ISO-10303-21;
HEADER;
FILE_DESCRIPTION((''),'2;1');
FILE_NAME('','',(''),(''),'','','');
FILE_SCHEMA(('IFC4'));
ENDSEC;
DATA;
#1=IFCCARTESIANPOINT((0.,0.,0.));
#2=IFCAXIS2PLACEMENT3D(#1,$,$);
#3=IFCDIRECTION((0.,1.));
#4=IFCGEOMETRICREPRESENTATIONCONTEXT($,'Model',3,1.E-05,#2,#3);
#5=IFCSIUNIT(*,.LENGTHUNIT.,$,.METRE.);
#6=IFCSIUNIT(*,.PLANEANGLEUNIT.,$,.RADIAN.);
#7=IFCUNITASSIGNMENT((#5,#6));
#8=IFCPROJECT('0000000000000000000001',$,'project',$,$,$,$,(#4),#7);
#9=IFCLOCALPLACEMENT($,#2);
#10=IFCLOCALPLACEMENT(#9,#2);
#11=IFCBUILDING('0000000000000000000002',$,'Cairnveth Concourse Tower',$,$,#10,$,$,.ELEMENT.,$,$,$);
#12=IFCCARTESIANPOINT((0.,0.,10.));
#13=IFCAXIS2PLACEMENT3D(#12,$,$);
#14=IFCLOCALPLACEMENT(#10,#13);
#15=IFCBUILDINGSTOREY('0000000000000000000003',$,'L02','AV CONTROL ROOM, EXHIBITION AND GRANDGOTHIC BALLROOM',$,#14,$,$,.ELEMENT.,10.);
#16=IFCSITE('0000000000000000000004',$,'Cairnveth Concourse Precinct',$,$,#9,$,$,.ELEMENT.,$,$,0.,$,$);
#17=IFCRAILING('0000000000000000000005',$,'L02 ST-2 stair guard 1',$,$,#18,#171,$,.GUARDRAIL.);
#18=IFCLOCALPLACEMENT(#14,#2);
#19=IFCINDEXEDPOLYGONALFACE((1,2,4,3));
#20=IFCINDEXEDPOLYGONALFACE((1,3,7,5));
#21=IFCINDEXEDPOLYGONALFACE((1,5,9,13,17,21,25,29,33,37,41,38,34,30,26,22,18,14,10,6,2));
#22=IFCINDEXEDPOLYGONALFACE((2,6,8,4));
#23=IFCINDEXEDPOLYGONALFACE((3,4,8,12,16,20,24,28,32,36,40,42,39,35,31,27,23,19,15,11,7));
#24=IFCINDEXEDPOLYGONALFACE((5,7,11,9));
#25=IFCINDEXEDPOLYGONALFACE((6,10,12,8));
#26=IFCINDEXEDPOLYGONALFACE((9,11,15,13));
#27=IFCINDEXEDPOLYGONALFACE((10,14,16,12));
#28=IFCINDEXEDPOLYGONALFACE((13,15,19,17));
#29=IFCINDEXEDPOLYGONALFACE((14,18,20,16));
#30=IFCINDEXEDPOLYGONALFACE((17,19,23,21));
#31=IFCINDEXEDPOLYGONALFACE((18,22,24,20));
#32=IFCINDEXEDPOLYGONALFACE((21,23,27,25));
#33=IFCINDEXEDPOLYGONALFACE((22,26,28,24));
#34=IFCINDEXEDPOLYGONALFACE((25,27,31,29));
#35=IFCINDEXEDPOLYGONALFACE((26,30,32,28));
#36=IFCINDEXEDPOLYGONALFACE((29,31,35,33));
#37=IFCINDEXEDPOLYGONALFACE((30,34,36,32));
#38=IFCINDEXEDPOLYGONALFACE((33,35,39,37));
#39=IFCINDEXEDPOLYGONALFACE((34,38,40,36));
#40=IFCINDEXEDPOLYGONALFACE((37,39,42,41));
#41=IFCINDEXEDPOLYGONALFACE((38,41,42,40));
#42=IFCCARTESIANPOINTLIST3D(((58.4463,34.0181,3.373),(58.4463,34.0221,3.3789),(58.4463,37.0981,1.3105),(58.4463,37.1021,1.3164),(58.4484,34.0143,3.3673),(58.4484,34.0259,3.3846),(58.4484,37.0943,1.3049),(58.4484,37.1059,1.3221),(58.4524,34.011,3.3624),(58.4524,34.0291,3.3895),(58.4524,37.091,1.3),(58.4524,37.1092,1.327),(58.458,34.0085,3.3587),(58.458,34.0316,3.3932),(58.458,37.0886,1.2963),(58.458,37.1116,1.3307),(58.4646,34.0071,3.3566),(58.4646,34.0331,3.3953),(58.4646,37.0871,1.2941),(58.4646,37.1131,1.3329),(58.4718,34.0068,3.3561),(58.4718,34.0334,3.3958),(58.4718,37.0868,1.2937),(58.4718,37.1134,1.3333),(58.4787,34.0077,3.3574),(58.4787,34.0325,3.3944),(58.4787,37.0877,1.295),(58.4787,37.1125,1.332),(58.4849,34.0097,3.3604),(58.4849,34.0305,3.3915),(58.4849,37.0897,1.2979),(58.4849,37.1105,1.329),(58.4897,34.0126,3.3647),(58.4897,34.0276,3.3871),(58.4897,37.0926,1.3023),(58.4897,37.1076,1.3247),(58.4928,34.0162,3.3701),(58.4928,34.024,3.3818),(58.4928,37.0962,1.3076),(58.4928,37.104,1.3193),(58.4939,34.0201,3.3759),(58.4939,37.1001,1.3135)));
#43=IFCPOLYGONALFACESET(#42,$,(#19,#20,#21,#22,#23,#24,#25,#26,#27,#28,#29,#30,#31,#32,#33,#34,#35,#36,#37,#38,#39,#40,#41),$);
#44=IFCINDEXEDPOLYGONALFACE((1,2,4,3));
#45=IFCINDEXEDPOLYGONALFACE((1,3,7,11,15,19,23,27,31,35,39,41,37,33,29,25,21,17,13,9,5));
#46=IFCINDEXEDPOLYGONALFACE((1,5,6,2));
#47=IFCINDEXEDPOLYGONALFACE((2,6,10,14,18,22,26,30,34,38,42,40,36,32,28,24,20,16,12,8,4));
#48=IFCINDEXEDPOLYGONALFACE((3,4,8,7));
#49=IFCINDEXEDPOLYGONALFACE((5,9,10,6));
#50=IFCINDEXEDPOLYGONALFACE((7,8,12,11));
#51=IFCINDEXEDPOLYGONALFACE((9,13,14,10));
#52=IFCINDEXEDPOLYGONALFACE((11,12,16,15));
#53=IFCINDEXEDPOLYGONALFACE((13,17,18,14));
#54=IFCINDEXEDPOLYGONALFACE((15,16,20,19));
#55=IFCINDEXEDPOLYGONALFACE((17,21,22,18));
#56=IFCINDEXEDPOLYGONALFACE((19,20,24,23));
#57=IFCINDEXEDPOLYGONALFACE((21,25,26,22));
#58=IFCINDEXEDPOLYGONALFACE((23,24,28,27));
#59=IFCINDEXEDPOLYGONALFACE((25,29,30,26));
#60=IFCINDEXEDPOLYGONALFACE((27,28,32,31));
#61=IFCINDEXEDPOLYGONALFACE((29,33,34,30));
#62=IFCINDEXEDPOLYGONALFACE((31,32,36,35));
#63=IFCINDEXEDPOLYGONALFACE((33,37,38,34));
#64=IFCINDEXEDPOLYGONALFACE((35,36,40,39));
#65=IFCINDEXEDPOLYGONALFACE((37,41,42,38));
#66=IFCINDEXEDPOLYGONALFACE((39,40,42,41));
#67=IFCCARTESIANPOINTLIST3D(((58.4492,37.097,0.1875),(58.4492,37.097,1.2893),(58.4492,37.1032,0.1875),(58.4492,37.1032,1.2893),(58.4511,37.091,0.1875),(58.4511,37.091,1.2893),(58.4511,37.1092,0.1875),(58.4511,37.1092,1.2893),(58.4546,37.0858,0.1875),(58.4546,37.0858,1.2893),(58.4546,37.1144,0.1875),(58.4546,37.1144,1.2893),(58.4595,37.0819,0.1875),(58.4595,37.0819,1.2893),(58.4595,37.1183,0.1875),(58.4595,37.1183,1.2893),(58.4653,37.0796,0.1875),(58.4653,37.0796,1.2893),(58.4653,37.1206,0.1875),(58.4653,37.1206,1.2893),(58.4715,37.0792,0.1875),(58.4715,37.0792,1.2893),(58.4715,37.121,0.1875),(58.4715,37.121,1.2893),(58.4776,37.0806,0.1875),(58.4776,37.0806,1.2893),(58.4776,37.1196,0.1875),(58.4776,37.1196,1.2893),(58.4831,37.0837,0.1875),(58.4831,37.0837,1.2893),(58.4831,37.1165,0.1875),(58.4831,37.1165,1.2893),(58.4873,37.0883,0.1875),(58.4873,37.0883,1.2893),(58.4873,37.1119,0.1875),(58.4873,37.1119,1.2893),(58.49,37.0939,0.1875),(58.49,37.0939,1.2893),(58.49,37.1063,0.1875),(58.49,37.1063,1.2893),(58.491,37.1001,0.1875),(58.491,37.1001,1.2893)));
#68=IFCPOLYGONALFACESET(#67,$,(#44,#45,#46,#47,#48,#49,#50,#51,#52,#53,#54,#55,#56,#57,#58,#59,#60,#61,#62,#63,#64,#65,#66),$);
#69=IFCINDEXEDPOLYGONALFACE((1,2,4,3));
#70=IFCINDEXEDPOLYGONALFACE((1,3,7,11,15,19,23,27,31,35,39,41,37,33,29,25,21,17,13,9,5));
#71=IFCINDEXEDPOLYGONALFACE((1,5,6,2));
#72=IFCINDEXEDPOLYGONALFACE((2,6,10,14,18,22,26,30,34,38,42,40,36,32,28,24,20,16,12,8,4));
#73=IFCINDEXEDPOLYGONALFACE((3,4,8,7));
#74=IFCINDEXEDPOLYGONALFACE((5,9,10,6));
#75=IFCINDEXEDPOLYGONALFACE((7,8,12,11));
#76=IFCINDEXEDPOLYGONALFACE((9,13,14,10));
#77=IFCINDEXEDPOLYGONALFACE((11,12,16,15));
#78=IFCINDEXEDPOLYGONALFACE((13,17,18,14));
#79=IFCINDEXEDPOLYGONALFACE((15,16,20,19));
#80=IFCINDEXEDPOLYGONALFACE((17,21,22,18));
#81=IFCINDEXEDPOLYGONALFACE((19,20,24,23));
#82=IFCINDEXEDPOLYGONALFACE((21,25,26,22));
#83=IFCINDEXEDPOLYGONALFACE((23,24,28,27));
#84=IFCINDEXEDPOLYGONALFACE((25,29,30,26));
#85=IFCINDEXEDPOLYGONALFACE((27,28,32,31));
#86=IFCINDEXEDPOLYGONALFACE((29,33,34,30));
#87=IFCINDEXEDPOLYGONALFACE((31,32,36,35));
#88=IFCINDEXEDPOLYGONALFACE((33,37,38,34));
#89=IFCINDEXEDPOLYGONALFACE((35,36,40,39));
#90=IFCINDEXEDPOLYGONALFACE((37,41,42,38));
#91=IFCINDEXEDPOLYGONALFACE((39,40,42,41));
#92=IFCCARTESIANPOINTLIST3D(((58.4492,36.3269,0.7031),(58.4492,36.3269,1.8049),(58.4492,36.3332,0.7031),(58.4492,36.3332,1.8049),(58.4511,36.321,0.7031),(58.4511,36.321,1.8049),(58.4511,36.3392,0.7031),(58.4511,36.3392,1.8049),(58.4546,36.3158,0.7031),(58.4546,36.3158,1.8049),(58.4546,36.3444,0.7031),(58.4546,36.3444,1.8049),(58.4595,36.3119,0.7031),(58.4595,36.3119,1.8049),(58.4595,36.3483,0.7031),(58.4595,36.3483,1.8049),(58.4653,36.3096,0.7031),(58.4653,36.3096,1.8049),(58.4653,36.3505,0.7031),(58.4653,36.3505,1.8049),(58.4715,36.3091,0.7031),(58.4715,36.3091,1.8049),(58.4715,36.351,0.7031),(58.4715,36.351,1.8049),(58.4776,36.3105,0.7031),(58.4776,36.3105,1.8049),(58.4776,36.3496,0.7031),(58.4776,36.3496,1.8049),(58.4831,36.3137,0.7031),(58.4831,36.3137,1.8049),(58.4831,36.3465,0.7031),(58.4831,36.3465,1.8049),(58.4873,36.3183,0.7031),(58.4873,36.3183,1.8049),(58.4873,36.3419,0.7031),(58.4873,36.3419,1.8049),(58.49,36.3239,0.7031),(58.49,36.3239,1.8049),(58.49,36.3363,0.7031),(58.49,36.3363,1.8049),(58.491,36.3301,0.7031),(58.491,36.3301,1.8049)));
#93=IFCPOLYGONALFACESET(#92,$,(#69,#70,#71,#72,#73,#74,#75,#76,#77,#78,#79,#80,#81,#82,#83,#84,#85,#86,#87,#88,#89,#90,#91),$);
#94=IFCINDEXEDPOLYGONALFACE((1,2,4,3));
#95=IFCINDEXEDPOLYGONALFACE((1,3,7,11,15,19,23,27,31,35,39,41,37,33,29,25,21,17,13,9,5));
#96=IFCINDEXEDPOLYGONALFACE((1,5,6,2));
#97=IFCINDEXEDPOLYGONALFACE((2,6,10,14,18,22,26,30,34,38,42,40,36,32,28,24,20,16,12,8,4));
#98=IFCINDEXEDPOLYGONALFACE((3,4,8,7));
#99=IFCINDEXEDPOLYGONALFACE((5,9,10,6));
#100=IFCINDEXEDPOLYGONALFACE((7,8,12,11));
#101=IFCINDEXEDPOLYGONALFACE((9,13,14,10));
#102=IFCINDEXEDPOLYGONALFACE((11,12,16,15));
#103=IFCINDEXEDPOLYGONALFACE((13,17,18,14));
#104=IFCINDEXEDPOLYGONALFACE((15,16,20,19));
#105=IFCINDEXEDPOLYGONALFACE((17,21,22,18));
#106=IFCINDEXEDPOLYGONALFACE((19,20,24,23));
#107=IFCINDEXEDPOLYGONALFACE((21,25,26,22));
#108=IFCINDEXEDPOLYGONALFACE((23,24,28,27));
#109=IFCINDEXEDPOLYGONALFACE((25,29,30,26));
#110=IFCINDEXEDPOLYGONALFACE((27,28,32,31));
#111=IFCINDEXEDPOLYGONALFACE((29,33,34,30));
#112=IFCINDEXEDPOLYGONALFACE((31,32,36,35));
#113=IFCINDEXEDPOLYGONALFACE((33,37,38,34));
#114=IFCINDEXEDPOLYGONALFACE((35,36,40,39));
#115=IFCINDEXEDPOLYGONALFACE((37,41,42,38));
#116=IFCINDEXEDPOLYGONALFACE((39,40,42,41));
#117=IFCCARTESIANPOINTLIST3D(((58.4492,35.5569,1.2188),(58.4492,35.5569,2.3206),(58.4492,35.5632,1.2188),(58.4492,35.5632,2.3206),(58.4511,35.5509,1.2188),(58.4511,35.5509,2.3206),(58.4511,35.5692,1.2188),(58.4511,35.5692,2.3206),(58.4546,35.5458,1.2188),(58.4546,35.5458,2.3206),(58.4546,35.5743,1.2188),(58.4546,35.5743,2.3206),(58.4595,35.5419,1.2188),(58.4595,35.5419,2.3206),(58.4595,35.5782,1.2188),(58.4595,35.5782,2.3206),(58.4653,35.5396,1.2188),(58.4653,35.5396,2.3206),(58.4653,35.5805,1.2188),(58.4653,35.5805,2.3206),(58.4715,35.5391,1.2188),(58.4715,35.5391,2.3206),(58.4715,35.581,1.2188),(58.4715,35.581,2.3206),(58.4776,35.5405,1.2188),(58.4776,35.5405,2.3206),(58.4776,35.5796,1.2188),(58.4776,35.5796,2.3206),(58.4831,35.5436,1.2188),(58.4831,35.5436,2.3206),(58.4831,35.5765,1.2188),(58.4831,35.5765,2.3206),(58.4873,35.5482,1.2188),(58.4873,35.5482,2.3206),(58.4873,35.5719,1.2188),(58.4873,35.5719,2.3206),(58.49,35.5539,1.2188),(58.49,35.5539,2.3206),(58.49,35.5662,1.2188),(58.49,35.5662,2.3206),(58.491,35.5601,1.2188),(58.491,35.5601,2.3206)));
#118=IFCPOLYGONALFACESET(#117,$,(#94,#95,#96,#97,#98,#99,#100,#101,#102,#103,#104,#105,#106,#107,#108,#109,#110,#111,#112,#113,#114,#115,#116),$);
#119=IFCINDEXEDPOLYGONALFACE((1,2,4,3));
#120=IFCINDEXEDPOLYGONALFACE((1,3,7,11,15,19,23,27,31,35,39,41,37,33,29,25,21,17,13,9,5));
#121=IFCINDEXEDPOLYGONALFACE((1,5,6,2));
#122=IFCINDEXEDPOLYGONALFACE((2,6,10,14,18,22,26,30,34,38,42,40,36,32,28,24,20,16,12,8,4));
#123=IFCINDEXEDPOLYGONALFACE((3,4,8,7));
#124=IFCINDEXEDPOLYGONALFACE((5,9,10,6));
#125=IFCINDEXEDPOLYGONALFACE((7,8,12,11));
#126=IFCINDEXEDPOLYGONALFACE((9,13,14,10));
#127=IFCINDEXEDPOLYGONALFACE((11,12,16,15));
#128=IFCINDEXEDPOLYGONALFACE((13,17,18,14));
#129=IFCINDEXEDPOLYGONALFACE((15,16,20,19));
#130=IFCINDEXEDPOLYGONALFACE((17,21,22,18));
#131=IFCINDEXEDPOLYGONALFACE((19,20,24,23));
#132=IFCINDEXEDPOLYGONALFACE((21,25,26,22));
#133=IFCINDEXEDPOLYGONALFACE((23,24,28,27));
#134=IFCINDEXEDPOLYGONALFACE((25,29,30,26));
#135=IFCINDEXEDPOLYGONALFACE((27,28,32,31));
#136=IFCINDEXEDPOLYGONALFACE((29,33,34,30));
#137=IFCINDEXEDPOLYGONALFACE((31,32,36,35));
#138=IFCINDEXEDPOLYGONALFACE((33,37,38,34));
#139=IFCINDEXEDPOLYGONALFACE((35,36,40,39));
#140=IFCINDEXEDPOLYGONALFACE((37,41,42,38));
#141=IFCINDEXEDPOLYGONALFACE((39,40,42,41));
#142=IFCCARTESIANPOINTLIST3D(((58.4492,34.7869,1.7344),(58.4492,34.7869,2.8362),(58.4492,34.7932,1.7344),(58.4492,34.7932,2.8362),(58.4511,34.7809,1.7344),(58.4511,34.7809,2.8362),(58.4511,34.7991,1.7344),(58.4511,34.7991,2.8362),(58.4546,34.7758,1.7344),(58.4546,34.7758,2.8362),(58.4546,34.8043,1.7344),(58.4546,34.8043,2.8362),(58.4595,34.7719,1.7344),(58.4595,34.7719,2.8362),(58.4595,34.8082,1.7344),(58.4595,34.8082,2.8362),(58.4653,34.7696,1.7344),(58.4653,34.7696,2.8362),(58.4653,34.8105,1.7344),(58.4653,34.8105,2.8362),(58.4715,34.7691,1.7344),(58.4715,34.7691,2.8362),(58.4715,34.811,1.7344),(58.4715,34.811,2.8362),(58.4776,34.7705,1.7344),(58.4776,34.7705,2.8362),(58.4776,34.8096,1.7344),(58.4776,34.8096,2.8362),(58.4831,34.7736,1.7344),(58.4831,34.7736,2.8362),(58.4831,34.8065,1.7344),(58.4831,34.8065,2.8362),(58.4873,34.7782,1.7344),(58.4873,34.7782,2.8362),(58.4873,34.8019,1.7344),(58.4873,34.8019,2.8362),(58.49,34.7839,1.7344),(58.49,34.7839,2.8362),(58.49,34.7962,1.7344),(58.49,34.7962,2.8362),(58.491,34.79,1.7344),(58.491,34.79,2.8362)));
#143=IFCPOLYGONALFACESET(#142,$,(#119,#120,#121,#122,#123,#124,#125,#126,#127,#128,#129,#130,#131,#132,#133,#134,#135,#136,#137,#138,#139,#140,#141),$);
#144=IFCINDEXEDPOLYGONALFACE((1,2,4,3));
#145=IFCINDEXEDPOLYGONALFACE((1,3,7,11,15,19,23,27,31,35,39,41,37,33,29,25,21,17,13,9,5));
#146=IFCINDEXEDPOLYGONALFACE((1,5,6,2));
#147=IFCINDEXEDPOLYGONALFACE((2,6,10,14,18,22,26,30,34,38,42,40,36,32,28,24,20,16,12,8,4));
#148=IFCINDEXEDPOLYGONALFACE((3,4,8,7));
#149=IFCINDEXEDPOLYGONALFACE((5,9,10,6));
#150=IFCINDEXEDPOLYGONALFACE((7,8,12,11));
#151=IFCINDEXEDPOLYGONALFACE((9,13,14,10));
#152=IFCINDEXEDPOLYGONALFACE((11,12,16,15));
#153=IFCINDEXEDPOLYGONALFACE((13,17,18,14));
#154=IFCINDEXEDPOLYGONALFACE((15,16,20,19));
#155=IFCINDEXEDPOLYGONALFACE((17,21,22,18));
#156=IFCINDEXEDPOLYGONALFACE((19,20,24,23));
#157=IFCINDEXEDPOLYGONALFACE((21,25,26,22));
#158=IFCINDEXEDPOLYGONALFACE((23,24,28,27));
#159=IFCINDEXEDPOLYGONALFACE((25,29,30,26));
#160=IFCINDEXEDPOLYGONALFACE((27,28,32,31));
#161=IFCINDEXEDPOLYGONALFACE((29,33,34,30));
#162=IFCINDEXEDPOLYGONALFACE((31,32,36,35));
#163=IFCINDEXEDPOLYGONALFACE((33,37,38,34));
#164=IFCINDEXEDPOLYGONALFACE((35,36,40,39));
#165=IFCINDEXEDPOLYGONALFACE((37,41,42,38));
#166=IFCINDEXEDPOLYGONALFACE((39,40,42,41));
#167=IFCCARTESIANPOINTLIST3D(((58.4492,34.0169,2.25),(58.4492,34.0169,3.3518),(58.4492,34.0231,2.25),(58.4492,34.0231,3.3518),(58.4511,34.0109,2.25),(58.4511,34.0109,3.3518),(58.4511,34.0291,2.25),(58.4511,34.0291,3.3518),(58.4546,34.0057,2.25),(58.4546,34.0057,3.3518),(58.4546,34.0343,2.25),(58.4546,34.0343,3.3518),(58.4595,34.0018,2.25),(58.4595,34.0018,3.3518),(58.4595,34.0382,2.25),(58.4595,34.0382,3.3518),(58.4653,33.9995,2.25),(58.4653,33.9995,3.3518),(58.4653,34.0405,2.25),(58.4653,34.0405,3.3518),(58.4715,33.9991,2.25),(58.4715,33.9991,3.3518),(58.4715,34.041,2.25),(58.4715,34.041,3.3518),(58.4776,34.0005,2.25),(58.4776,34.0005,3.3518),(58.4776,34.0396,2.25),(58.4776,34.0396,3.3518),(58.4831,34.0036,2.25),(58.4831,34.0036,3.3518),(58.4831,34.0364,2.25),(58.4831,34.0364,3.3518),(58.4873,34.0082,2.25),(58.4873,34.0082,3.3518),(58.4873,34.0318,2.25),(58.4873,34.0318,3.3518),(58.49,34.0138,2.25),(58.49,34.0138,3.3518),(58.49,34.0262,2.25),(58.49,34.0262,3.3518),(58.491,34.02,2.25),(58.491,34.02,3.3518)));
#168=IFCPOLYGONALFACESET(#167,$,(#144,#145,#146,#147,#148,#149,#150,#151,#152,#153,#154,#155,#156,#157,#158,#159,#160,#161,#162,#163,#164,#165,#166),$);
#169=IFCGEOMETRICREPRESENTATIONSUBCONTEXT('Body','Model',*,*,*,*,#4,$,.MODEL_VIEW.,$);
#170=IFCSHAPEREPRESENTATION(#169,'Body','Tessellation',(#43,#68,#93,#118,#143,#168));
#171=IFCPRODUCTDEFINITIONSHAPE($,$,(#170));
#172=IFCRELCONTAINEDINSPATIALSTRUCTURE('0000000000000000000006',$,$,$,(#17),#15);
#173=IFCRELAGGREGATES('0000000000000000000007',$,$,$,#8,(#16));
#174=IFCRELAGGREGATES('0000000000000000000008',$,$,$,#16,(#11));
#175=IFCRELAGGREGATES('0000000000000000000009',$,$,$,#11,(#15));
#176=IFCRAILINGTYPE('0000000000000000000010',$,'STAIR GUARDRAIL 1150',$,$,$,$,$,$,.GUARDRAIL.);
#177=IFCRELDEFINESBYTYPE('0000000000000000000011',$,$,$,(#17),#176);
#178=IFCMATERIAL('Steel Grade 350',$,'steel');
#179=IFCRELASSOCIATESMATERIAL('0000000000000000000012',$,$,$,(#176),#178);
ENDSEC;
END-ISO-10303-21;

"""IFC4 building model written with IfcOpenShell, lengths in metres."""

from ifc_helpers import new_model, si_unit, direction, frame, origin, origin_2d, place, context, subcontext, project, spatial, circle, extrude, material, type_object, element, save


model = new_model("IFC4")

# Units and contexts
model_context = context("Model", 3, precision=1e-05, world=origin(), true_north=direction((0.0, 1.0)))
body_context = subcontext(model_context, "Body", "Model", "MODEL_VIEW")
ifc_project = project(units=[si_unit("LENGTHUNIT", "METRE"), si_unit("PLANEANGLEUNIT", "RADIAN")], contexts=[model_context])

# Site, building, storey
site_placement = place(None, origin())
site = spatial("IfcSite", under=ifc_project, at=site_placement, Name="Cairnveth Concourse Precinct", CompositionType="ELEMENT", RefElevation=0.0)
building_placement = place(site_placement, origin())
building = spatial("IfcBuilding", under=site, at=building_placement, Name="Cairnveth Concourse Tower", CompositionType="ELEMENT")
storey_placement = place(building_placement, frame((0.0, 0.0, 10.0)))
storey = spatial("IfcBuildingStorey", under=building, at=storey_placement, Name="L02", Description="AV CONTROL ROOM, EXHIBITION AND GRANDGOTHIC BALLROOM", CompositionType="ELEMENT", Elevation=10.0)

# Shared definitions
ifc_material_1 = material(Name="Steel Grade 350", Category="steel")

# Railing
railing_type_1 = type_object("IfcRailingType", Name="STAIR GUARDRAIL 1150", PredefinedType="GUARDRAIL", material=ifc_material_1)
railing_1_placement = place(storey_placement, frame((58.47, 37.1001, 0.1875)))
element("IfcRailing", 1, at=railing_1_placement, inside=storey, type_object=railing_type_1, Name="L02 ST-2 stair guard 1", PredefinedType="GUARDRAIL", context=body_context, shape_type="SweptSolid", body=[
    extrude(circle(Radius=0.0239, at=origin_2d()), frame((0.0, 0.0, 1.126), z_axis=(0.0, -0.830914, 0.556401), x_axis=(1.0, 0.0, 0.0)), (0.0, 0.0, 1.0), 3.7068),
    extrude(circle(Radius=0.021, at=origin_2d()), origin(), (0.0, 0.0, 1.0), 1.1018),
    extrude(circle(Radius=0.021, at=origin_2d()), frame((0.0, -0.77, 0.5156)), (0.0, 0.0, 1.0), 1.1018),
    extrude(circle(Radius=0.021, at=origin_2d()), frame((0.0, -1.54, 1.0312)), (0.0, 0.0, 1.0), 1.1018),
    extrude(circle(Radius=0.021, at=origin_2d()), frame((0.0, -2.3101, 1.5469)), (0.0, 0.0, 1.0), 1.1018),
    extrude(circle(Radius=0.021, at=origin_2d()), frame((0.0, -3.0801, 2.0625)), (0.0, 0.0, 1.0), 1.1018),
])

save(model, "model.ifc")
